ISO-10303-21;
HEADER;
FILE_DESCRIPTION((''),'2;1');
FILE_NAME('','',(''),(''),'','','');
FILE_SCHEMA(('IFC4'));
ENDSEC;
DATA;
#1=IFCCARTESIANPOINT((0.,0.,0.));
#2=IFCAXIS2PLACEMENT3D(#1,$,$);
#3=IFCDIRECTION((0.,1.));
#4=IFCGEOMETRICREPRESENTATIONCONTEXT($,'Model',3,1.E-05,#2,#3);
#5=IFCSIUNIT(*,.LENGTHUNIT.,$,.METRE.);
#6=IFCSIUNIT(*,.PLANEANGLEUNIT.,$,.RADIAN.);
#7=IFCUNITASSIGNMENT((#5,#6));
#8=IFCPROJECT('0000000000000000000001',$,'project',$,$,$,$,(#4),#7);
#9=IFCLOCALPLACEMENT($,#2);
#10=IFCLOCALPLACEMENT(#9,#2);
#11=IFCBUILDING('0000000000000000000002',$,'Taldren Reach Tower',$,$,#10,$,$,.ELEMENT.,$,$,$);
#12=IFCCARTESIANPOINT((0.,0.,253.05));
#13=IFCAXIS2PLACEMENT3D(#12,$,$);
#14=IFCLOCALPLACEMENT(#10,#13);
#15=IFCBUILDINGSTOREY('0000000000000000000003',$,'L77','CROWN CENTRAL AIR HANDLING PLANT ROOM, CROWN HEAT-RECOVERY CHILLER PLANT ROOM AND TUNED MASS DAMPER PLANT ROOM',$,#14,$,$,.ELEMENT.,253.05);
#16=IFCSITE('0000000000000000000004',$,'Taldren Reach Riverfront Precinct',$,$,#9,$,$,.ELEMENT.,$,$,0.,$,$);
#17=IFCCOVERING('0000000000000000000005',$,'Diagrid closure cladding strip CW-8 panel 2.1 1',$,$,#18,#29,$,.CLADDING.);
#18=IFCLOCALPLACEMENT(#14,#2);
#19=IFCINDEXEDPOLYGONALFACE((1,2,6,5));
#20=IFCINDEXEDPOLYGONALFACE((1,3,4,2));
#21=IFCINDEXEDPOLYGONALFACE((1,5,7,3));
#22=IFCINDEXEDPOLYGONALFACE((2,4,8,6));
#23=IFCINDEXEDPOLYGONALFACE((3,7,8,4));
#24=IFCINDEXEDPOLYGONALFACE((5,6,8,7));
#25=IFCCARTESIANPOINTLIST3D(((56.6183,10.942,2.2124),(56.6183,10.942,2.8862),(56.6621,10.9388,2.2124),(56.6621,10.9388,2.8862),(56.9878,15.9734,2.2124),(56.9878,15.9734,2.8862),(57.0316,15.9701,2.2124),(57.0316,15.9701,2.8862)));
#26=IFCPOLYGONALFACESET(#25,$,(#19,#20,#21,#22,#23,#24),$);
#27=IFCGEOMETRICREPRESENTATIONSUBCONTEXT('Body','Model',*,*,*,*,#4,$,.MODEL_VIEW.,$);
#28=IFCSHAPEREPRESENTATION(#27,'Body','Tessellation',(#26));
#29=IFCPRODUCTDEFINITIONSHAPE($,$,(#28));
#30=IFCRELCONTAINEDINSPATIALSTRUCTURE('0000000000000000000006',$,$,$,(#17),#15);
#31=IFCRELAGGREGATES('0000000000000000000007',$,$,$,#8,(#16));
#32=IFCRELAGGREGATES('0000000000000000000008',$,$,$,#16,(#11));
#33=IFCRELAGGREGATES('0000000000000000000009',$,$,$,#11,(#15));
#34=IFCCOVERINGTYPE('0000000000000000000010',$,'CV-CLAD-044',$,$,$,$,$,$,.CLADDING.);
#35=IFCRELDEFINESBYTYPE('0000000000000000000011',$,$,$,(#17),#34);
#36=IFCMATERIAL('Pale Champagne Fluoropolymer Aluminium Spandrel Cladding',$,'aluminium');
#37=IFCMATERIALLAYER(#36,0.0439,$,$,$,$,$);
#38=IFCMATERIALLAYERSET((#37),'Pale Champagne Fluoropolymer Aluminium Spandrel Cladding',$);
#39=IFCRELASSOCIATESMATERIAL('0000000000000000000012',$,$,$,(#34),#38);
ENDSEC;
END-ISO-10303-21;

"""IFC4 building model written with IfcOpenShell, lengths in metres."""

from ifc_helpers import new_model, si_unit, direction, frame, origin, origin_2d, place, context, subcontext, project, spatial, rectangle, extrude, source, transform, mapped, material, layer, layer_set, type_object, element, save


model = new_model("IFC4")

# Units and contexts
model_context = context("Model", 3, precision=1e-05, world=origin(), true_north=direction((0.0, 1.0)))
body_context = subcontext(model_context, "Body", "Model", "MODEL_VIEW")
ifc_project = project(units=[si_unit("LENGTHUNIT", "METRE"), si_unit("PLANEANGLEUNIT", "RADIAN")], contexts=[model_context])

# Site, building, storey
site_placement = place(None, origin())
site = spatial("IfcSite", under=ifc_project, at=site_placement, Name="Taldren Reach Riverfront Precinct", CompositionType="ELEMENT", RefElevation=0.0)
building_placement = place(site_placement, origin())
building = spatial("IfcBuilding", under=site, at=building_placement, Name="Taldren Reach Tower", CompositionType="ELEMENT")
storey_placement = place(building_placement, frame((0.0, 0.0, 253.05)))
storey = spatial("IfcBuildingStorey", under=building, at=storey_placement, Name="L77", Description="CROWN CENTRAL AIR HANDLING PLANT ROOM, CROWN HEAT-RECOVERY CHILLER PLANT ROOM AND TUNED MASS DAMPER PLANT ROOM", CompositionType="ELEMENT", Elevation=253.05)

# Covering
ifc_material_1 = material(Name="Pale Champagne Fluoropolymer Aluminium Spandrel Cladding", Category="aluminium")
ifc_layer_1 = layer(ifc_material_1, 0.0439)
ifc_layer_set_1 = layer_set([ifc_layer_1], Name="Pale Champagne Fluoropolymer Aluminium Spandrel Cladding")
covering_type = type_object("IfcCoveringType", Name="CV-CLAD-044", PredefinedType="CLADDING", material=ifc_layer_set_1)
shared_shape_1 = source(origin(), body_context, "Body", "SweptSolid", [
    extrude(rectangle(XDim=5.0449, YDim=0.0439, at=origin_2d()), origin(), (0.0, 0.0, 1.0), 0.6738),
])
covering_1_placement = place(storey_placement, frame((56.825, 13.4561, 2.2124), z_axis=(0.0, 0.0, 1.0), x_axis=(0.073238, 0.997314, 0.0)))
element("IfcCovering", 1, at=covering_1_placement, inside=storey, type_object=covering_type, Name="Diagrid closure cladding strip CW-8 panel 2.1 1", PredefinedType="CLADDING", context=body_context, shape_type="MappedRepresentation", body=[
    mapped(shared_shape_1, transform((0.0, 0.0, 0.0), scale=1.0)),
])

save(model, "model.ifc")
